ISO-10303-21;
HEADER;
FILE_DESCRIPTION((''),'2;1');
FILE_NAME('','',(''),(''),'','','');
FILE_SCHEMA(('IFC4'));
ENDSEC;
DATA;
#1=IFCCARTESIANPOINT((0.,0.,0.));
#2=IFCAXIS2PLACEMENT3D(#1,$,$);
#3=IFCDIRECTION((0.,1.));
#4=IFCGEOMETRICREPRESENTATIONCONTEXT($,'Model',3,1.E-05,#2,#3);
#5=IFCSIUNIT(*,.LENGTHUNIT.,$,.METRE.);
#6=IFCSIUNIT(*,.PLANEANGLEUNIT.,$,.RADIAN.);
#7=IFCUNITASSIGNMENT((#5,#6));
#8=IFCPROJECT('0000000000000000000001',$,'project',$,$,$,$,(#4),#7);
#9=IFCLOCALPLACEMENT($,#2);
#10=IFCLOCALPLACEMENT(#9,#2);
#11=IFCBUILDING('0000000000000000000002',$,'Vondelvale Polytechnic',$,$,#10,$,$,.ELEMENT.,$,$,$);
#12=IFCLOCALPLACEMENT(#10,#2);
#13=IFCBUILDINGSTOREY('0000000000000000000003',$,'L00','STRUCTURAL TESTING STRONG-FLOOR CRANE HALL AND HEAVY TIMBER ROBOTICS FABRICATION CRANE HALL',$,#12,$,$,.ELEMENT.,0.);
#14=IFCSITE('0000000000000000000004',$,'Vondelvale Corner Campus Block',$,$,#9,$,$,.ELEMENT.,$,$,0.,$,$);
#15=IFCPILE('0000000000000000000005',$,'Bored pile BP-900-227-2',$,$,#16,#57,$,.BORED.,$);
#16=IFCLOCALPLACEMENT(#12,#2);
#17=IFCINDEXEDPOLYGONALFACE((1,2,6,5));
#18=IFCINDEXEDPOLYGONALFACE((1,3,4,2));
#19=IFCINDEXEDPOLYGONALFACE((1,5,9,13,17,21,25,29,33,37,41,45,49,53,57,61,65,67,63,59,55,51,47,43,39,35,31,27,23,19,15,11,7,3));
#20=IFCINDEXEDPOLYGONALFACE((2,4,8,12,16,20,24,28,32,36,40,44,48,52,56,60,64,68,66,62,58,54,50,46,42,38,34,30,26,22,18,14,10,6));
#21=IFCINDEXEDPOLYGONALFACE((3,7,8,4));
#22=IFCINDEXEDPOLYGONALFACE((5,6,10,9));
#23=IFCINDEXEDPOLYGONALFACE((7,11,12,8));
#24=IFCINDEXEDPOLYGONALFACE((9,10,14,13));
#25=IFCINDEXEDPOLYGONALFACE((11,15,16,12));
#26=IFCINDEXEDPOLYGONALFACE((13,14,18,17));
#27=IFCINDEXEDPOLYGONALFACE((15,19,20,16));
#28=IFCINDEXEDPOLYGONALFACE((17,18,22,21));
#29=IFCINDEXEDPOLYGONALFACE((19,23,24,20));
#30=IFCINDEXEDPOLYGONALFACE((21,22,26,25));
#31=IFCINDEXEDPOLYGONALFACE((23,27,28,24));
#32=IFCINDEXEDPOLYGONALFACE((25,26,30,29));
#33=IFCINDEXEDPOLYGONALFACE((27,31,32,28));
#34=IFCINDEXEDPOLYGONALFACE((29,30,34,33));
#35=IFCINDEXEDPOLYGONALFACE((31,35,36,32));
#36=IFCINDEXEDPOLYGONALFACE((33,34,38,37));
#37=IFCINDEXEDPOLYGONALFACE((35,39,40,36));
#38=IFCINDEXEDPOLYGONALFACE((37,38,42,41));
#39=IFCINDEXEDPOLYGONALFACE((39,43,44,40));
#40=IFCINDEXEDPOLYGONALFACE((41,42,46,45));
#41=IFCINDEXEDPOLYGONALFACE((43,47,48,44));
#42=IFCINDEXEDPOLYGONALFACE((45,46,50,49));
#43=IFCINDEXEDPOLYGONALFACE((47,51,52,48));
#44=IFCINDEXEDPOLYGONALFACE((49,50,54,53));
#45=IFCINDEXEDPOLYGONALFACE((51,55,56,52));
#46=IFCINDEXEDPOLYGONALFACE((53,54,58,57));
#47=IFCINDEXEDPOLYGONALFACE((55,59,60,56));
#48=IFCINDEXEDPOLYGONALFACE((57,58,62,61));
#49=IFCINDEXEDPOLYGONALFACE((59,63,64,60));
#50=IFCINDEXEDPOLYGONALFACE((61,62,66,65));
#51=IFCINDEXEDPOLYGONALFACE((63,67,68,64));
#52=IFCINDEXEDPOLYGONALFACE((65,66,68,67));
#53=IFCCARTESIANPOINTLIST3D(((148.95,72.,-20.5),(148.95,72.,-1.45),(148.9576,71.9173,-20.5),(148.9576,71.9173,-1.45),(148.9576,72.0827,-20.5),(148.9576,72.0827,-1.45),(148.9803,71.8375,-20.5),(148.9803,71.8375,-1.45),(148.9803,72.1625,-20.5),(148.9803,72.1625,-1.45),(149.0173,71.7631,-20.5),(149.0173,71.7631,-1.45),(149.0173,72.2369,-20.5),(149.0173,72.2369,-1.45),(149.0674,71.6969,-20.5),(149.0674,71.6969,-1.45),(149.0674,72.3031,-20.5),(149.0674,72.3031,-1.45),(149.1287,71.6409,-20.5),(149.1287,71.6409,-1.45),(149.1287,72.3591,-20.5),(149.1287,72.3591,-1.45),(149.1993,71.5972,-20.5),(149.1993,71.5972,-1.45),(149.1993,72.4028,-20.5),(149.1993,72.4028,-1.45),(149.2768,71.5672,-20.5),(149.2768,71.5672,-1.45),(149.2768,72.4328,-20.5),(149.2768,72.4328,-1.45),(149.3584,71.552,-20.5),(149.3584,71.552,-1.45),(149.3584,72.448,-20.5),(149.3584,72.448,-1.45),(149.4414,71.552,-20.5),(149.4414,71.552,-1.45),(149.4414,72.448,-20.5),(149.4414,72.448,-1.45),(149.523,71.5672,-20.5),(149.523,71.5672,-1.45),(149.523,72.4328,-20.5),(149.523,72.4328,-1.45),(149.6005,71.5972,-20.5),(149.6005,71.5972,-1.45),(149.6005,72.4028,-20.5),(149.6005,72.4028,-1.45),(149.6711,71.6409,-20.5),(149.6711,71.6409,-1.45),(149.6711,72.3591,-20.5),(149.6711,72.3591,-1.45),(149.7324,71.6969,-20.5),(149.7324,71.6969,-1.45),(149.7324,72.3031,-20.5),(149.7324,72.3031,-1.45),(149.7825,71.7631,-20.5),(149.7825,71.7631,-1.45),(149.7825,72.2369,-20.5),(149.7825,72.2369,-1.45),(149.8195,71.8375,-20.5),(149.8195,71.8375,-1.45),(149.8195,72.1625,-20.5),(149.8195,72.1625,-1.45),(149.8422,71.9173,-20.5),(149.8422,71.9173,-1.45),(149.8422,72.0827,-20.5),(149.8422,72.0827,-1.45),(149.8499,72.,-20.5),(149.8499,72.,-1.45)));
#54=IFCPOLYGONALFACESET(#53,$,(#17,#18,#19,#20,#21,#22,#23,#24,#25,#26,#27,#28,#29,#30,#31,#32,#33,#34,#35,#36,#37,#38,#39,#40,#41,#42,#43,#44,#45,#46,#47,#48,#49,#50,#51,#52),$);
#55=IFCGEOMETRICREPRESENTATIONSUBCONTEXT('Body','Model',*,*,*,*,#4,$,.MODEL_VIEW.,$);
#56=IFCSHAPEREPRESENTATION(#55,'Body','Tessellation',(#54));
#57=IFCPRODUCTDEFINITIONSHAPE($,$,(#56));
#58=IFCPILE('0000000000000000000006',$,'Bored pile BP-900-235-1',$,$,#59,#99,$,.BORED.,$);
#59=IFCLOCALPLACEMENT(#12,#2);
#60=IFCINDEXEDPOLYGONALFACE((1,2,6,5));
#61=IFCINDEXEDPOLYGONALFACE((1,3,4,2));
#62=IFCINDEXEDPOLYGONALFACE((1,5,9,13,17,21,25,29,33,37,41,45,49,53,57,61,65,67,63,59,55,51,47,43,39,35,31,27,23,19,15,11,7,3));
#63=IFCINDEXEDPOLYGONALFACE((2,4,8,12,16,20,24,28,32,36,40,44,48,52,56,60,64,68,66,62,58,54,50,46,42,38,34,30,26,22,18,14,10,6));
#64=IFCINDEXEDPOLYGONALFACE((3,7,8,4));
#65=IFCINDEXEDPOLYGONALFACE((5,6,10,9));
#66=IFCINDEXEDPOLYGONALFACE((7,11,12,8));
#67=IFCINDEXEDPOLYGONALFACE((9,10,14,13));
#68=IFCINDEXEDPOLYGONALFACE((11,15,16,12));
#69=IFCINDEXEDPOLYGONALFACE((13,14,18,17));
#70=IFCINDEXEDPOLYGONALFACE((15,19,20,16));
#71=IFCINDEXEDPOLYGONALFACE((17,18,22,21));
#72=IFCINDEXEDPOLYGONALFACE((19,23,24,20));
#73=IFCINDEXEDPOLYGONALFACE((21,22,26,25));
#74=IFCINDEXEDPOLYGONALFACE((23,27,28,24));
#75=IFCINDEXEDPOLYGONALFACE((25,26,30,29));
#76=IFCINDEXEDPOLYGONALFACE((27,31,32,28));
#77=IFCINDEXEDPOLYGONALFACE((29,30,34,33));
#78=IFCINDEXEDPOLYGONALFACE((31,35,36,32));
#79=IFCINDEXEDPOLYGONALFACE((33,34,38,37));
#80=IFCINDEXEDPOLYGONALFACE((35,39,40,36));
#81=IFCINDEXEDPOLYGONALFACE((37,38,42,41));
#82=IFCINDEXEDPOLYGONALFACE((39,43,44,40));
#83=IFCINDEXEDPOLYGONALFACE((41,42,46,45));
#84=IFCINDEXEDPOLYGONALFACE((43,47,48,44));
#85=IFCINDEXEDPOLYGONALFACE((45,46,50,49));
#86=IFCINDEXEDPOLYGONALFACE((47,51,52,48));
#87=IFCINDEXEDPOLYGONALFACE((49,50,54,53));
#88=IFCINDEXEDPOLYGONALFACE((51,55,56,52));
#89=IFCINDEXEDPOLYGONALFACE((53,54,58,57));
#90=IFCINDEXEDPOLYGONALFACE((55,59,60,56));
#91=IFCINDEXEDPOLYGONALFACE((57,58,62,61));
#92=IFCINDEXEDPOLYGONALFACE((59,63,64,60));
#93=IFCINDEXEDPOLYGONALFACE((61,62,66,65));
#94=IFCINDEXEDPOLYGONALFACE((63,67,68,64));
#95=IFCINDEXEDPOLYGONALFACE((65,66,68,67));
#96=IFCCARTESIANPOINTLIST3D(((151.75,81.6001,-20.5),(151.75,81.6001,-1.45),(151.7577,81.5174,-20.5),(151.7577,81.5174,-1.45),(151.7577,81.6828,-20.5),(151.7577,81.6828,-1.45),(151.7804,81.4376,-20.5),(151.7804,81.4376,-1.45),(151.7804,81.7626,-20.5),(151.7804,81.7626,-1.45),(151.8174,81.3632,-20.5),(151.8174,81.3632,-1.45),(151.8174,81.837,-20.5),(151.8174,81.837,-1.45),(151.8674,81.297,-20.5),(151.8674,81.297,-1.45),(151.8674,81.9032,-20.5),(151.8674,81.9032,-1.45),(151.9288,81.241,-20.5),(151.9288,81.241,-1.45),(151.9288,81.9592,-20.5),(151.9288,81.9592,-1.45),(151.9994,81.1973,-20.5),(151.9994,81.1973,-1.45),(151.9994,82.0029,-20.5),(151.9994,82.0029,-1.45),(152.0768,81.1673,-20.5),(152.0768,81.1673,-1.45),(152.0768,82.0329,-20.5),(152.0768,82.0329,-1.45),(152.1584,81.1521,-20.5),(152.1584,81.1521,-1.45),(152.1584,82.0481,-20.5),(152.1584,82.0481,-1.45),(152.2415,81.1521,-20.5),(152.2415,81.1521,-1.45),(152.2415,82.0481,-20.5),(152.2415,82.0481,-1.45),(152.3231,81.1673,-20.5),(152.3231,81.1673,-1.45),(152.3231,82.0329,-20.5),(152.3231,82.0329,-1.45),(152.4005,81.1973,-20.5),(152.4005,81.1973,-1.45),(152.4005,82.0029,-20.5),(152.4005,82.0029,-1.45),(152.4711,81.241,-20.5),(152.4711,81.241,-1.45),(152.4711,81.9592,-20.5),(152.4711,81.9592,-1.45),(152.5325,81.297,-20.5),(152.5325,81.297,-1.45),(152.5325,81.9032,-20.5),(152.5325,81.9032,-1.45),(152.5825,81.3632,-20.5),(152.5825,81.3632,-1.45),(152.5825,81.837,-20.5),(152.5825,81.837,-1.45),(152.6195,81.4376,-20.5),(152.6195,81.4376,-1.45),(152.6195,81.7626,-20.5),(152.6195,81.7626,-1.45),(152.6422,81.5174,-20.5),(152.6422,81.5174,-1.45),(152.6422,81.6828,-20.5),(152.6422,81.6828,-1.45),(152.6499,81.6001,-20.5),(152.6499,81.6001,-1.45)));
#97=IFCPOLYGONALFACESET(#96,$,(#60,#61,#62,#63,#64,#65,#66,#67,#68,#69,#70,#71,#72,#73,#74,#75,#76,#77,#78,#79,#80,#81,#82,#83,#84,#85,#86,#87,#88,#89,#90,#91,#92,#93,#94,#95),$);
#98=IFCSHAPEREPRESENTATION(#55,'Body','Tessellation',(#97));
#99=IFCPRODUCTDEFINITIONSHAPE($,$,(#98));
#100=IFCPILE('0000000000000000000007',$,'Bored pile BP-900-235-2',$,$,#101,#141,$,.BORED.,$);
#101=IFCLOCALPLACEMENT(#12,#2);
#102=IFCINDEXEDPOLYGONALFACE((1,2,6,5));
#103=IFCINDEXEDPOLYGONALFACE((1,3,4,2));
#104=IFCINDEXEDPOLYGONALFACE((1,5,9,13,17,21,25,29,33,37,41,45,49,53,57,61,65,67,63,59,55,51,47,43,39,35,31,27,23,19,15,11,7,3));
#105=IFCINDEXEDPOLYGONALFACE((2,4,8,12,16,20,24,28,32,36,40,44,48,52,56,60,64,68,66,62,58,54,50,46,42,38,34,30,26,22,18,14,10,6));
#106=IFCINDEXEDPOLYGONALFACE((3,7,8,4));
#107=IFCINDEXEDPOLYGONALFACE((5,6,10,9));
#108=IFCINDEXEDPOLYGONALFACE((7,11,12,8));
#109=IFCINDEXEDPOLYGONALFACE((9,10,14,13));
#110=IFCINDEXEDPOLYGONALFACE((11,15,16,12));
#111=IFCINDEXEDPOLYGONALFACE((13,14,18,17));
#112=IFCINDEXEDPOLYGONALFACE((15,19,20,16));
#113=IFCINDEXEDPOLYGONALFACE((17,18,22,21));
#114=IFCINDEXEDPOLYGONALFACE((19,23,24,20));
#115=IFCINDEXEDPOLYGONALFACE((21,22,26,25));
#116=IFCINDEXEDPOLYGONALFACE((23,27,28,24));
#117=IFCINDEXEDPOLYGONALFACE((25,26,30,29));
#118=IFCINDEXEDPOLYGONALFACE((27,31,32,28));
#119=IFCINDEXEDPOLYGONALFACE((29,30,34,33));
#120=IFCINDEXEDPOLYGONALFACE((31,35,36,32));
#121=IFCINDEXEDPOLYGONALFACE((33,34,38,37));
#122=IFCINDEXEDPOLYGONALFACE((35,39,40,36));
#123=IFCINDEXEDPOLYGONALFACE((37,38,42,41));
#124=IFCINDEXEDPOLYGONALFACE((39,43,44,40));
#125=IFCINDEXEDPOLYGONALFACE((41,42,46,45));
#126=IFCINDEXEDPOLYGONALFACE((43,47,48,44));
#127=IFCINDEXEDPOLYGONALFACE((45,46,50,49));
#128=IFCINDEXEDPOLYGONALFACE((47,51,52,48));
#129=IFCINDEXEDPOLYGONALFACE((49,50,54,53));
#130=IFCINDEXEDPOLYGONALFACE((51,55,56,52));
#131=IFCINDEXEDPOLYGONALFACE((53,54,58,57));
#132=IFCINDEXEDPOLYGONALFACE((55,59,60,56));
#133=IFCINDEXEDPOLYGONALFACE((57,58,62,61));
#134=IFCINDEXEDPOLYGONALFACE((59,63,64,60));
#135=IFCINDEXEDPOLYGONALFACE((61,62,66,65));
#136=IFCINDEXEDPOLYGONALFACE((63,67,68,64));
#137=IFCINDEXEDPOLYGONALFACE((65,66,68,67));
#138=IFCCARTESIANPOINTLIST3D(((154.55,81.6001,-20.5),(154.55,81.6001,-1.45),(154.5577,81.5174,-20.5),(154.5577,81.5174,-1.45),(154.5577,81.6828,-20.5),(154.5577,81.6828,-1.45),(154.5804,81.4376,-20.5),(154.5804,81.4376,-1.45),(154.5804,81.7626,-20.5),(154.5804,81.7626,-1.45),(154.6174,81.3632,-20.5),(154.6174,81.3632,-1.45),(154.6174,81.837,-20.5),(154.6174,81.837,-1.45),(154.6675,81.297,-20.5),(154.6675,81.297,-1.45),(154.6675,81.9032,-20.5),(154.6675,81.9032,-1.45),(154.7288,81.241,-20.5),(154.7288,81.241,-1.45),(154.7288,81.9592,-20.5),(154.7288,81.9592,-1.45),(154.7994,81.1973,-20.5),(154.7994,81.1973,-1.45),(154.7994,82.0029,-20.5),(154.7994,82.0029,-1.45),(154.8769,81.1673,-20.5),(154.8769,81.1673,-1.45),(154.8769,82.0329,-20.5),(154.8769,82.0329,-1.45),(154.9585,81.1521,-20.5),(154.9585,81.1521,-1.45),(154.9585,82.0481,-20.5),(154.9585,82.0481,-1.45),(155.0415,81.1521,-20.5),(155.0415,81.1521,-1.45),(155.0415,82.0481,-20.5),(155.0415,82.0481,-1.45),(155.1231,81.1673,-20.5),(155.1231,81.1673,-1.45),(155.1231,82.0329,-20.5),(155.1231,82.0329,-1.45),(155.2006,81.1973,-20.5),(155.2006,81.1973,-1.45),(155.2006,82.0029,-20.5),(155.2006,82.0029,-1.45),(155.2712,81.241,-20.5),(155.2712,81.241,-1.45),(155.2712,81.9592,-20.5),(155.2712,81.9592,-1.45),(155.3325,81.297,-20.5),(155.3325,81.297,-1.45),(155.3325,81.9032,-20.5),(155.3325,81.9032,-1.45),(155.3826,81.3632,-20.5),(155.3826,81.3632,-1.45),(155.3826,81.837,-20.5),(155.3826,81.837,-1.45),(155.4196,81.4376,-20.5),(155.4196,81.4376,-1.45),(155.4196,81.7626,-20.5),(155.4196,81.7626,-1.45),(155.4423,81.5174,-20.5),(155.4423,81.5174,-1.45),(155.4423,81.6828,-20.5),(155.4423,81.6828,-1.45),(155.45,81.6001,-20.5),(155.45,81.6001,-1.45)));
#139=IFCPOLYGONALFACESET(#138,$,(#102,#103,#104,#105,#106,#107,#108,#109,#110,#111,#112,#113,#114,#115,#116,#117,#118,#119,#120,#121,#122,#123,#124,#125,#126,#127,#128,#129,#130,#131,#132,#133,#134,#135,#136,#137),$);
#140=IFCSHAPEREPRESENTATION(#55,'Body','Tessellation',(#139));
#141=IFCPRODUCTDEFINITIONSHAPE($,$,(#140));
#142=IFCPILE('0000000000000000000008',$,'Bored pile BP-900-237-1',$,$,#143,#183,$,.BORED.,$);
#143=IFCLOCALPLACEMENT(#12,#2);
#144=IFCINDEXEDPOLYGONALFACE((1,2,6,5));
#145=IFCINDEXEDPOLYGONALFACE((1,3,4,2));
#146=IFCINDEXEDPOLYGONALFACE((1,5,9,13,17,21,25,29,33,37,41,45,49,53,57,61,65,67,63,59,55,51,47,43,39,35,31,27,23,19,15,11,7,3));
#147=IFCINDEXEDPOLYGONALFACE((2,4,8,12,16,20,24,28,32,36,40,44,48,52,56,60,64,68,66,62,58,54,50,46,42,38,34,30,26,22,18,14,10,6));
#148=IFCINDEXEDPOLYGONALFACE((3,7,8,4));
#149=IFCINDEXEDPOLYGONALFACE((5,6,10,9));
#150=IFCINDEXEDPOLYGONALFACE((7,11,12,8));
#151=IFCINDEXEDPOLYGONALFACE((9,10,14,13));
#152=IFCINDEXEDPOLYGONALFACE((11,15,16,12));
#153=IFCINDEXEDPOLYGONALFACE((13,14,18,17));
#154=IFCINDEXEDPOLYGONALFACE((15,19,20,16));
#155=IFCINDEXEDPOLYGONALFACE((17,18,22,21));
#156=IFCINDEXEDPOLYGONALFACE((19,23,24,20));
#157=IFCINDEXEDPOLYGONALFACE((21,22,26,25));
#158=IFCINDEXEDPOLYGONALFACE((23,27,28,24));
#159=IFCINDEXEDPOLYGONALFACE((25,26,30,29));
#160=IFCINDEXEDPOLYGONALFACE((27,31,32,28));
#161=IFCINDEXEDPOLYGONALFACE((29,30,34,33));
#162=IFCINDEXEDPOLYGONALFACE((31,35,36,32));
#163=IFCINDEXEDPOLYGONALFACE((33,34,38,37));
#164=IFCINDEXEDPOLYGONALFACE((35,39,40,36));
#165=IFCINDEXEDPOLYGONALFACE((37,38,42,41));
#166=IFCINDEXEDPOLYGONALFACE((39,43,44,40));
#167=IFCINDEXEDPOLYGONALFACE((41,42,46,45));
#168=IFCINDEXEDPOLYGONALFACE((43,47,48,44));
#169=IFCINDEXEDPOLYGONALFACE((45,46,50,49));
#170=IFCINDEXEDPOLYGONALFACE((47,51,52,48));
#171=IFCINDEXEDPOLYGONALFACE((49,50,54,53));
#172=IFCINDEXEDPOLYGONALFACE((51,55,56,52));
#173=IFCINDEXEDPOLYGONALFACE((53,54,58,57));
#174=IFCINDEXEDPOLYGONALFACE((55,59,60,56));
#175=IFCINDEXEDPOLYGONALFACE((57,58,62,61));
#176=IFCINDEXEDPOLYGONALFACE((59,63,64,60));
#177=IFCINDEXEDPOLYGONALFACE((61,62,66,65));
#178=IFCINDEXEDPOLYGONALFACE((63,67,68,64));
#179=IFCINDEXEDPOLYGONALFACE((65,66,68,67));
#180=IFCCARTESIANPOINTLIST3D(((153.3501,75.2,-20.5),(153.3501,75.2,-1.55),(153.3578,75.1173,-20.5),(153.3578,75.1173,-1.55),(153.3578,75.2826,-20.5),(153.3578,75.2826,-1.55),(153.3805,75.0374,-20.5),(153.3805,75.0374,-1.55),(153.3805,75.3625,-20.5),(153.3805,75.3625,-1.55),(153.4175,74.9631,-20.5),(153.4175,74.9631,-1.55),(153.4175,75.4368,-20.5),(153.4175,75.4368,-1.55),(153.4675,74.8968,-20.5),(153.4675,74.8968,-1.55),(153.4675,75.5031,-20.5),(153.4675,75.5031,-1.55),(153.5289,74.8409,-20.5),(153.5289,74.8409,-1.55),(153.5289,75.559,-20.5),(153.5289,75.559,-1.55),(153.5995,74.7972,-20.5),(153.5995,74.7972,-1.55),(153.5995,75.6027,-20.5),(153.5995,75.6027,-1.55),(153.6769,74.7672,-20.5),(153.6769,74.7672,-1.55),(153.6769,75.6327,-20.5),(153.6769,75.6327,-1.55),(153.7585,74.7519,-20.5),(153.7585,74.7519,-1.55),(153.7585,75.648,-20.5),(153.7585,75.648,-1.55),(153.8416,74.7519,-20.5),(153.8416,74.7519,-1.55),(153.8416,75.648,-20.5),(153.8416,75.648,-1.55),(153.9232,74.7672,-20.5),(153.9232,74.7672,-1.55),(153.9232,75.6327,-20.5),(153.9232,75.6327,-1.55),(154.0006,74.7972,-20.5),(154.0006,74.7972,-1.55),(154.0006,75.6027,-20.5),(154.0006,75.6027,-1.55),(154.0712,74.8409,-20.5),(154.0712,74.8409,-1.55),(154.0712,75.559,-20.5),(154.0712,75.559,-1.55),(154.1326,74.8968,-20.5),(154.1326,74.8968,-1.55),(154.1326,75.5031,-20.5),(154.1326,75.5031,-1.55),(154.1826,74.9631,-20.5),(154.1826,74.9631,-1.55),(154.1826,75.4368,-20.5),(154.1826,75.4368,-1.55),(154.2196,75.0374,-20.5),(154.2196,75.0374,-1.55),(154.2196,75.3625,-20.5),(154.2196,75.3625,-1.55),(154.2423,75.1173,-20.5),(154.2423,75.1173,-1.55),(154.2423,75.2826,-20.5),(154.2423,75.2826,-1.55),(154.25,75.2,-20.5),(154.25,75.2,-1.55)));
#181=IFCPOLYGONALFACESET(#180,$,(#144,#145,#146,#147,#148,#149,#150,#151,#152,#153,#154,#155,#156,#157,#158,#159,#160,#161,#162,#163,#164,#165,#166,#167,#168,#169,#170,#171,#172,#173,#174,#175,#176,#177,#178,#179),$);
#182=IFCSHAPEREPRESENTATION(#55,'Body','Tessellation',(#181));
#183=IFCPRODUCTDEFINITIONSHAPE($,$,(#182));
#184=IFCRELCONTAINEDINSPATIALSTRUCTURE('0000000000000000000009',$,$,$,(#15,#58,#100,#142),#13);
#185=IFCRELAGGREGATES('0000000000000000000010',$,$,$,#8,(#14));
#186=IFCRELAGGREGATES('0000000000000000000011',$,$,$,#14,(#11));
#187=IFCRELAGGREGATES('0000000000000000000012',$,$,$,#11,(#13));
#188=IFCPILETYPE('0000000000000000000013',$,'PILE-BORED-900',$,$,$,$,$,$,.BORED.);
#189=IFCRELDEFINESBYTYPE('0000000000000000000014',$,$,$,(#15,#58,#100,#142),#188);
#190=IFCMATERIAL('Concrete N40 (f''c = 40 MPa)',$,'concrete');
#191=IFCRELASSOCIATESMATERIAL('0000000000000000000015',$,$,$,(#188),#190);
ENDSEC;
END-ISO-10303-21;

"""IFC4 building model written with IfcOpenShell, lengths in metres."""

from ifc_helpers import new_model, si_unit, direction, frame, origin, origin_2d, place, context, subcontext, project, spatial, circle, extrude, material, material_profile, profile_set, type_object, element, save


model = new_model("IFC4")

# Units and contexts
model_context = context("Model", 3, precision=1e-05, world=origin(), true_north=direction((0.0, 1.0)))
body_context = subcontext(model_context, "Body", "Model", "MODEL_VIEW")
ifc_project = project(units=[si_unit("LENGTHUNIT", "METRE"), si_unit("PLANEANGLEUNIT", "RADIAN")], contexts=[model_context])

# Site, building, storey
site_placement = place(None, origin())
site = spatial("IfcSite", under=ifc_project, at=site_placement, Name="Vondelvale Corner Campus Block", CompositionType="ELEMENT", RefElevation=0.0)
building_placement = place(site_placement, origin())
building = spatial("IfcBuilding", under=site, at=building_placement, Name="Vondelvale Polytechnic", CompositionType="ELEMENT")
storey_placement = place(building_placement, origin())
storey = spatial("IfcBuildingStorey", under=building, at=storey_placement, Name="L00", Description="STRUCTURAL TESTING STRONG-FLOOR CRANE HALL AND HEAVY TIMBER ROBOTICS FABRICATION CRANE HALL", CompositionType="ELEMENT", Elevation=0.0)

# Shared definitions
ifc_material_1 = material(Name="Concrete N40 (f'c = 40 MPa)", Category="concrete")

# Piles
ifc_material_profile_1 = material_profile(ifc_material_1, circle(Radius=0.45, at=origin_2d()), Name="PILE-D900")
ifc_profile_set_1 = profile_set([ifc_material_profile_1], Name="Concrete N40 (f'c = 40 MPa)")
pile_type_1 = type_object("IfcPileType", Name="PILE-BORED-900", PredefinedType="BORED", material=ifc_profile_set_1)
for number, where, z_axis, x_axis, name in (
    (1, (149.3999, 72.0, -1.45), (0.0, 0.0, -1.0), (1.0, 0.0, 0.0), "Bored pile BP-900-227-2"),
    (2, (152.2, 81.6001, -1.45), (0.0, 0.0, -1.0), (1.0, 0.0, 0.0), "Bored pile BP-900-235-1"),
    (3, (155.0, 81.6001, -1.45), (0.0, 0.0, -1.0), (1.0, 0.0, 0.0), "Bored pile BP-900-235-2"),
):
    element("IfcPile", number, at=place(storey_placement, frame(where, z_axis=z_axis, x_axis=x_axis)), inside=storey, type_object=pile_type_1, Name=name, PredefinedType="BORED", context=body_context, shape_type="SweptSolid", body=[
        extrude(circle(Radius=0.45, at=origin_2d()), origin(), (0.0, 0.0, 1.0), 19.05),
    ])
for number, where, z_axis, x_axis, name in (
    (4, (153.8, 75.2, -1.55), (0.0, 0.0, -1.0), (1.0, 0.0, 0.0), "Bored pile BP-900-237-1"),
):
    element("IfcPile", number, at=place(storey_placement, frame(where, z_axis=z_axis, x_axis=x_axis)), inside=storey, type_object=pile_type_1, Name=name, PredefinedType="BORED", context=body_context, shape_type="SweptSolid", body=[
        extrude(circle(Radius=0.45, at=origin_2d()), origin(), (0.0, 0.0, 1.0), 18.95),
    ])

save(model, "model.ifc")
